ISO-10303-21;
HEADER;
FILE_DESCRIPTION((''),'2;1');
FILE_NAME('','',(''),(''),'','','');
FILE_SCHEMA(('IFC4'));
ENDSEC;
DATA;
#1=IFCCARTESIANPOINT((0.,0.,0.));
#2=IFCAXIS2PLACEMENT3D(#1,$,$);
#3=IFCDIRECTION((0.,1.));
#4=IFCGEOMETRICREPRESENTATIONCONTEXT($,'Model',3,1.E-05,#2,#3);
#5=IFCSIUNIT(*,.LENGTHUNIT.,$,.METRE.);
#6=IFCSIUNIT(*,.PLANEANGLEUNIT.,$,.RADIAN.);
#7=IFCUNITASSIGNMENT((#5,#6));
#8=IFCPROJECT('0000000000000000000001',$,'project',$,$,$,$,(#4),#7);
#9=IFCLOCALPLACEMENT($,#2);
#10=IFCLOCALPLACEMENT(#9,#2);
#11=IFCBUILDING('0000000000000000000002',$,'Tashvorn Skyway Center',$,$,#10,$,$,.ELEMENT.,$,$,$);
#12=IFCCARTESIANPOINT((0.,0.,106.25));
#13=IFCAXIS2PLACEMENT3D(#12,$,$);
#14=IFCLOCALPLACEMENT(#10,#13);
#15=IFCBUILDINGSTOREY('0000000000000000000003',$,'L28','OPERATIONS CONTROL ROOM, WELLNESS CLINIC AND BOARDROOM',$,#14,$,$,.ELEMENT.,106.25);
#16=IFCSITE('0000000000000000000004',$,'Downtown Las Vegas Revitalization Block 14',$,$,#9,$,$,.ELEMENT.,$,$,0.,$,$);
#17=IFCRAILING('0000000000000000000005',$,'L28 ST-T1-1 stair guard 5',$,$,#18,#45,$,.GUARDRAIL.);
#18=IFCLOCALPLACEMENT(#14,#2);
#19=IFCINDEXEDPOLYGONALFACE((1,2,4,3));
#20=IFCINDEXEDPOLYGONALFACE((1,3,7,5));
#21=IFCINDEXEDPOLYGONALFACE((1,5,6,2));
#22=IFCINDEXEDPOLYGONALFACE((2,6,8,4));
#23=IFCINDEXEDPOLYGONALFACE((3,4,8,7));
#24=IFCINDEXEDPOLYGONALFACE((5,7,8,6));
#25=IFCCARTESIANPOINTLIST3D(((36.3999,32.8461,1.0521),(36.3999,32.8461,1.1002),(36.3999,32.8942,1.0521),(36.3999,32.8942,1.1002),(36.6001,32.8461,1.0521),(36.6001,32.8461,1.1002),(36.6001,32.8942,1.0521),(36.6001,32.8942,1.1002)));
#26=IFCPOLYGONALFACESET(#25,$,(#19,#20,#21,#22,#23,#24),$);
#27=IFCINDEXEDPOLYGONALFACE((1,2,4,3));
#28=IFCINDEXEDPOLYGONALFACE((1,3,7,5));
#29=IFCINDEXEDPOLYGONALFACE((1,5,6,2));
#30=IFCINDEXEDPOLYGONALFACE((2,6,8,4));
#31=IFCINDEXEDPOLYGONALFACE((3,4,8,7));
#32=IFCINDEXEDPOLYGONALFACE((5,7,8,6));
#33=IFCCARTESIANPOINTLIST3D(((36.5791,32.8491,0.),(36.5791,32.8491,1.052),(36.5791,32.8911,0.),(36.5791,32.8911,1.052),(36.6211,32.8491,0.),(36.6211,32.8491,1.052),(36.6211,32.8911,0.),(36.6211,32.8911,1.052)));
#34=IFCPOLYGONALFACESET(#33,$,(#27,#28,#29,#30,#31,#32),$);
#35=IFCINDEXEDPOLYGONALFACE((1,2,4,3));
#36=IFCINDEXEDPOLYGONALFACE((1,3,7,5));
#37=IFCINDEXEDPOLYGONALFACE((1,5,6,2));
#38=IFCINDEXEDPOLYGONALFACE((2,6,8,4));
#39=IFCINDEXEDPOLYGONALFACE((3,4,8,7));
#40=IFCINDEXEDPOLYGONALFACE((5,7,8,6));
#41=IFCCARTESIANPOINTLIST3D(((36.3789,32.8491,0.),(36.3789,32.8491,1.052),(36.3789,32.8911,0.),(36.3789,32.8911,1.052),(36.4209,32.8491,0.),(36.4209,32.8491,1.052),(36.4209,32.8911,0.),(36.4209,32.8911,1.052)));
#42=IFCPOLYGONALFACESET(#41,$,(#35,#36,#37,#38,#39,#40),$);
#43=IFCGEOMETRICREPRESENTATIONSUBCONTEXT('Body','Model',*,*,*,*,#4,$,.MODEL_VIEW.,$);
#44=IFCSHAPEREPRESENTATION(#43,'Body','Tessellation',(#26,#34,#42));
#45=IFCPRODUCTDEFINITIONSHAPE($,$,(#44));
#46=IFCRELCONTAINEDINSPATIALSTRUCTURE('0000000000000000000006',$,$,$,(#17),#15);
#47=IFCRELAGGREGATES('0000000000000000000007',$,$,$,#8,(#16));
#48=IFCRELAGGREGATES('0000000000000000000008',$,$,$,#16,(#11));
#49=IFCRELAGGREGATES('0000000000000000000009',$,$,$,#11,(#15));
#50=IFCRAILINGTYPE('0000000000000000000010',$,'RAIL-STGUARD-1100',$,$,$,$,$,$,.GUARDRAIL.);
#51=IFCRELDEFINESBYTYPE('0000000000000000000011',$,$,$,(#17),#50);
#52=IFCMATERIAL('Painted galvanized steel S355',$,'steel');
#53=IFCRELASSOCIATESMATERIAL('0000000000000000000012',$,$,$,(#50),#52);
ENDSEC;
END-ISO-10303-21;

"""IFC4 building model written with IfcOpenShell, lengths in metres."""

from ifc_helpers import new_model, si_unit, direction, frame, origin, origin_2d, place, context, subcontext, project, spatial, rectangle, extrude, material, type_object, element, save


model = new_model("IFC4")

# Units and contexts
model_context = context("Model", 3, precision=1e-05, world=origin(), true_north=direction((0.0, 1.0)))
body_context = subcontext(model_context, "Body", "Model", "MODEL_VIEW")
ifc_project = project(units=[si_unit("LENGTHUNIT", "METRE"), si_unit("PLANEANGLEUNIT", "RADIAN")], contexts=[model_context])

# Site, building, storey
site_placement = place(None, origin())
site = spatial("IfcSite", under=ifc_project, at=site_placement, Name="Downtown Las Vegas Revitalization Block 14", CompositionType="ELEMENT", RefElevation=0.0)
building_placement = place(site_placement, origin())
building = spatial("IfcBuilding", under=site, at=building_placement, Name="Tashvorn Skyway Center", CompositionType="ELEMENT")
storey_placement = place(building_placement, frame((0.0, 0.0, 106.25)))
storey = spatial("IfcBuildingStorey", under=building, at=storey_placement, Name="L28", Description="OPERATIONS CONTROL ROOM, WELLNESS CLINIC AND BOARDROOM", CompositionType="ELEMENT", Elevation=106.25)

# Railing
ifc_material_1 = material(Name="Painted galvanized steel S355", Category="steel")
railing_type_1 = type_object("IfcRailingType", Name="RAIL-STGUARD-1100", PredefinedType="GUARDRAIL", material=ifc_material_1)
for number, where, name in (
    (1, (36.6001, 32.8701, 0.0), "L28 ST-T1-1 stair guard 5"),
):
    element("IfcRailing", number, at=place(storey_placement, frame(where)), inside=storey, type_object=railing_type_1, Name=name, PredefinedType="GUARDRAIL", context=body_context, shape_type="SweptSolid", body=[
        extrude(rectangle(XDim=0.0481, YDim=0.0481, at=origin_2d()), frame((0.0, 0.0, 1.0762), z_axis=(-1.0, 0.0, 0.0), x_axis=(0.0, -1.0, 0.0)), (0.0, 0.0, 1.0), 0.2002),
        extrude(rectangle(XDim=0.042, YDim=0.042, at=origin_2d()), origin(), (0.0, 0.0, 1.0), 1.052),
        extrude(rectangle(XDim=0.042, YDim=0.042, at=origin_2d()), frame((-0.2002, 0.0, 0.0)), (0.0, 0.0, 1.0), 1.052),
    ])

save(model, "model.ifc")
